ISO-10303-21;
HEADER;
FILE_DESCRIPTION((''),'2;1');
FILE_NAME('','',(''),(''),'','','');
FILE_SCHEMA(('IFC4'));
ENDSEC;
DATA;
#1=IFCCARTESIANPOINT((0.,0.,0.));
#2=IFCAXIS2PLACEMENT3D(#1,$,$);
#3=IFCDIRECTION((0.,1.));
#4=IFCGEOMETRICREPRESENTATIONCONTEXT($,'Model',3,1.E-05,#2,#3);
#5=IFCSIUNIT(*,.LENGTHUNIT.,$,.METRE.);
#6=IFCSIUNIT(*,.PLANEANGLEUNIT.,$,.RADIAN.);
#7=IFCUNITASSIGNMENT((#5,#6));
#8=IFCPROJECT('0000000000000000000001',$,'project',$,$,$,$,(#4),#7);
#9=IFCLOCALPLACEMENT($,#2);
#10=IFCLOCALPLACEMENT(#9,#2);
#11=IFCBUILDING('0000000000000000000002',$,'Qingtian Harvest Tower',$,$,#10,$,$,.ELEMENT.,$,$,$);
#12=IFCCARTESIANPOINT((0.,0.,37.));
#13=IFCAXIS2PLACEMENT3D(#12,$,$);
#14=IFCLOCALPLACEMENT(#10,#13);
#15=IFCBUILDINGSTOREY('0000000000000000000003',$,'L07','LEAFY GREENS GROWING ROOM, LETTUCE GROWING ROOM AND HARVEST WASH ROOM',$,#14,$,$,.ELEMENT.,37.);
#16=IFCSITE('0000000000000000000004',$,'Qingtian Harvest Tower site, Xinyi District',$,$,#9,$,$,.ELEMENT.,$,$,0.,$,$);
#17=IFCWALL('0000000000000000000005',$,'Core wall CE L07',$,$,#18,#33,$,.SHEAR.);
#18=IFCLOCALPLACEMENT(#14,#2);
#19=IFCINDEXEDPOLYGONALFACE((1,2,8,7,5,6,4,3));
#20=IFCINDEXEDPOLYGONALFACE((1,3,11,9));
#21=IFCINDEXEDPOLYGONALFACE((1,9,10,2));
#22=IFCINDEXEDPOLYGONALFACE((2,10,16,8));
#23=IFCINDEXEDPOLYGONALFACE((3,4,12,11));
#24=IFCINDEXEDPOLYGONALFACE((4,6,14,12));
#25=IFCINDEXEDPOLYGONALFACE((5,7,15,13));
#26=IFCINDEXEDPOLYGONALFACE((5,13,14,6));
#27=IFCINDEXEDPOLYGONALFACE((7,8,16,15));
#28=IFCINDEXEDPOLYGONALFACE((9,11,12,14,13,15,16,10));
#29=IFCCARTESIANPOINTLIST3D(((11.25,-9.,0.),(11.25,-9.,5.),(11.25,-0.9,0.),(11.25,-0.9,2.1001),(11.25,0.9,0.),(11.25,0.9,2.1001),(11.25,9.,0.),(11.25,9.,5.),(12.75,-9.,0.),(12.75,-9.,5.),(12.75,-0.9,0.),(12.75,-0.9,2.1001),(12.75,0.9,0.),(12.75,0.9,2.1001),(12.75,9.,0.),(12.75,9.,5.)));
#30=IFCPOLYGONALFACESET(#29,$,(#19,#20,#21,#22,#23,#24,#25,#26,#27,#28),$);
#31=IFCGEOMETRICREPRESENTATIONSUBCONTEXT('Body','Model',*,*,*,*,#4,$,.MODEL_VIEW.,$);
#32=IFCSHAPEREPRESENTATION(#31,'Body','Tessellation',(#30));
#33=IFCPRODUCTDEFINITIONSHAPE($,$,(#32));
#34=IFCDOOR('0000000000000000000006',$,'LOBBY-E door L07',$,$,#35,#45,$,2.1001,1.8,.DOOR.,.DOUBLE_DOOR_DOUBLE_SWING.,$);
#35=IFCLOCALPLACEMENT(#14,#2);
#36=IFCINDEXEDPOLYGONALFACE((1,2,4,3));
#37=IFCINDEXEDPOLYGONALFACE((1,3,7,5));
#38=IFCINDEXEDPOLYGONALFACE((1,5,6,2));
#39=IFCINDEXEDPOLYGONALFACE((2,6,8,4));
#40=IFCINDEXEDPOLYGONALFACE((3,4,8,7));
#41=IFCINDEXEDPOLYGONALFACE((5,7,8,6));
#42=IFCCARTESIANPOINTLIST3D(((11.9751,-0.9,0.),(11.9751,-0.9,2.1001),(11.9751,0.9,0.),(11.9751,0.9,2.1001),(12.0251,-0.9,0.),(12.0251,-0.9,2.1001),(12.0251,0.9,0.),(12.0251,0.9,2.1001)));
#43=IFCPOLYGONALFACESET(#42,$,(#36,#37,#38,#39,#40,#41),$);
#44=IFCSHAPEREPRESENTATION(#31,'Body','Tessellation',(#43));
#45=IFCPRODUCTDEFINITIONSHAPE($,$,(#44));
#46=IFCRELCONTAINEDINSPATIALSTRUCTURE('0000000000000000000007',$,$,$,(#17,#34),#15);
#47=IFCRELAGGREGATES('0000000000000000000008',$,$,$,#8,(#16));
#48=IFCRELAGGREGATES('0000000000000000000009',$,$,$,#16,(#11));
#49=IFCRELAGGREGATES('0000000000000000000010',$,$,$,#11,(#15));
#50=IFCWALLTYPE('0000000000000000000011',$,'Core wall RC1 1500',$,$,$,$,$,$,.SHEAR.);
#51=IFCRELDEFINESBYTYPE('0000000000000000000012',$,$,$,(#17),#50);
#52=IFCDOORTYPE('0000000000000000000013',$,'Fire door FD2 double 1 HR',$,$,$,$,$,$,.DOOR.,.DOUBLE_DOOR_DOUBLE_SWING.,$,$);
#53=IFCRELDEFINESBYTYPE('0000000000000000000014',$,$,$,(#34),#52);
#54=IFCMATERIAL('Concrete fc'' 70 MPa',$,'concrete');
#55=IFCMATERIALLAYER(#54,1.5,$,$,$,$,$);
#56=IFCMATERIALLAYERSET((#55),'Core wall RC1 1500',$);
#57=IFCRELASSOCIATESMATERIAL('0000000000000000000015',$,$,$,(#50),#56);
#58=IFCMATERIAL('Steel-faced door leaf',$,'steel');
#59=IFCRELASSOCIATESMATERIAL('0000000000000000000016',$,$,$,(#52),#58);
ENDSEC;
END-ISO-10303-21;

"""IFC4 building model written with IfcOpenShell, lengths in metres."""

from ifc_helpers import new_model, si_unit, direction, frame, frame_2d, origin, place, context, subcontext, project, spatial, rectangle, extrude, material, layer, layer_set, type_object, element, fill, save


model = new_model("IFC4")

# Units and contexts
model_context = context("Model", 3, precision=1e-05, world=origin(), true_north=direction((0.0, 1.0)))
body_context = subcontext(model_context, "Body", "Model", "MODEL_VIEW")
ifc_project = project(units=[si_unit("LENGTHUNIT", "METRE"), si_unit("PLANEANGLEUNIT", "RADIAN")], contexts=[model_context])

# Site, building, storey
site_placement = place(None, origin())
site = spatial("IfcSite", under=ifc_project, at=site_placement, Name="Qingtian Harvest Tower site, Xinyi District", CompositionType="ELEMENT", RefElevation=0.0)
building_placement = place(site_placement, origin())
building = spatial("IfcBuilding", under=site, at=building_placement, Name="Qingtian Harvest Tower", CompositionType="ELEMENT")
storey_placement = place(building_placement, frame((0.0, 0.0, 37.0)))
storey = spatial("IfcBuildingStorey", under=building, at=storey_placement, Name="L07", Description="LEAFY GREENS GROWING ROOM, LETTUCE GROWING ROOM AND HARVEST WASH ROOM", CompositionType="ELEMENT", Elevation=37.0)

# Wall, opening, door
ifc_material_1 = material(Name="Concrete fc' 70 MPa", Category="concrete")
ifc_layer_1 = layer(ifc_material_1, 1.5)
ifc_layer_set_1 = layer_set([ifc_layer_1], Name="Core wall RC1 1500")
wall_type_1 = type_object("IfcWallType", Name="Core wall RC1 1500", PredefinedType="SHEAR", material=ifc_layer_set_1)
wall_1_placement = place(storey_placement, frame((12.0, -9.0, 0.0), z_axis=(0.0, 0.0, 1.0), x_axis=(0.0, 1.0, 0.0)))
wall_1 = element("IfcWall", 1, at=wall_1_placement, inside=storey, type_object=wall_type_1, Name="Core wall CE L07", PredefinedType="SHEAR", context=body_context, shape_type="SweptSolid", body=[
    extrude(rectangle(XDim=18.0, YDim=1.5, at=frame_2d((9.0, 0.0))), origin(), (0.0, 0.0, 1.0), 5.0),
])
opening_1_placement = place(wall_1_placement, frame((8.1001, 0.0, 0.0)))
opening_1 = element("IfcOpeningElement", 2, at=opening_1_placement, cuts=wall_1, PredefinedType="OPENING", context=body_context, shape_type="SweptSolid", body=[
    extrude(rectangle(XDim=1.8, YDim=2.1001, at=frame_2d((0.8999, 1.05))), frame((0.0, 0.76, 0.0), z_axis=(0.0, -1.0, 0.0), x_axis=(1.0, 0.0, 0.0)), (0.0, 0.0, 1.0), 1.52),
])
ifc_material_2 = material(Name="Steel-faced door leaf", Category="steel")
door_type_1 = type_object("IfcDoorType", Name="Fire door FD2 double 1 HR", OperationType="DOUBLE_DOOR_DOUBLE_SWING", PredefinedType="DOOR", material=ifc_material_2)
door_1_placement = place(opening_1_placement, origin())
door_1 = element("IfcDoor", 3, at=door_1_placement, inside=storey, type_object=door_type_1, Name="LOBBY-E door L07", OperationType="DOUBLE_DOOR_DOUBLE_SWING", OverallHeight=2.1001, OverallWidth=1.8, PredefinedType="DOOR", context=body_context, shape_type="SweptSolid", body=[
    extrude(rectangle(XDim=1.8, YDim=2.1001, at=frame_2d((0.8999, 1.05))), frame((0.0, 0.0249, 0.0), z_axis=(0.0, -1.0, 0.0), x_axis=(1.0, 0.0, 0.0)), (0.0, 0.0, 1.0), 0.05),
])
fill(opening_1, door_1)

save(model, "model.ifc")
